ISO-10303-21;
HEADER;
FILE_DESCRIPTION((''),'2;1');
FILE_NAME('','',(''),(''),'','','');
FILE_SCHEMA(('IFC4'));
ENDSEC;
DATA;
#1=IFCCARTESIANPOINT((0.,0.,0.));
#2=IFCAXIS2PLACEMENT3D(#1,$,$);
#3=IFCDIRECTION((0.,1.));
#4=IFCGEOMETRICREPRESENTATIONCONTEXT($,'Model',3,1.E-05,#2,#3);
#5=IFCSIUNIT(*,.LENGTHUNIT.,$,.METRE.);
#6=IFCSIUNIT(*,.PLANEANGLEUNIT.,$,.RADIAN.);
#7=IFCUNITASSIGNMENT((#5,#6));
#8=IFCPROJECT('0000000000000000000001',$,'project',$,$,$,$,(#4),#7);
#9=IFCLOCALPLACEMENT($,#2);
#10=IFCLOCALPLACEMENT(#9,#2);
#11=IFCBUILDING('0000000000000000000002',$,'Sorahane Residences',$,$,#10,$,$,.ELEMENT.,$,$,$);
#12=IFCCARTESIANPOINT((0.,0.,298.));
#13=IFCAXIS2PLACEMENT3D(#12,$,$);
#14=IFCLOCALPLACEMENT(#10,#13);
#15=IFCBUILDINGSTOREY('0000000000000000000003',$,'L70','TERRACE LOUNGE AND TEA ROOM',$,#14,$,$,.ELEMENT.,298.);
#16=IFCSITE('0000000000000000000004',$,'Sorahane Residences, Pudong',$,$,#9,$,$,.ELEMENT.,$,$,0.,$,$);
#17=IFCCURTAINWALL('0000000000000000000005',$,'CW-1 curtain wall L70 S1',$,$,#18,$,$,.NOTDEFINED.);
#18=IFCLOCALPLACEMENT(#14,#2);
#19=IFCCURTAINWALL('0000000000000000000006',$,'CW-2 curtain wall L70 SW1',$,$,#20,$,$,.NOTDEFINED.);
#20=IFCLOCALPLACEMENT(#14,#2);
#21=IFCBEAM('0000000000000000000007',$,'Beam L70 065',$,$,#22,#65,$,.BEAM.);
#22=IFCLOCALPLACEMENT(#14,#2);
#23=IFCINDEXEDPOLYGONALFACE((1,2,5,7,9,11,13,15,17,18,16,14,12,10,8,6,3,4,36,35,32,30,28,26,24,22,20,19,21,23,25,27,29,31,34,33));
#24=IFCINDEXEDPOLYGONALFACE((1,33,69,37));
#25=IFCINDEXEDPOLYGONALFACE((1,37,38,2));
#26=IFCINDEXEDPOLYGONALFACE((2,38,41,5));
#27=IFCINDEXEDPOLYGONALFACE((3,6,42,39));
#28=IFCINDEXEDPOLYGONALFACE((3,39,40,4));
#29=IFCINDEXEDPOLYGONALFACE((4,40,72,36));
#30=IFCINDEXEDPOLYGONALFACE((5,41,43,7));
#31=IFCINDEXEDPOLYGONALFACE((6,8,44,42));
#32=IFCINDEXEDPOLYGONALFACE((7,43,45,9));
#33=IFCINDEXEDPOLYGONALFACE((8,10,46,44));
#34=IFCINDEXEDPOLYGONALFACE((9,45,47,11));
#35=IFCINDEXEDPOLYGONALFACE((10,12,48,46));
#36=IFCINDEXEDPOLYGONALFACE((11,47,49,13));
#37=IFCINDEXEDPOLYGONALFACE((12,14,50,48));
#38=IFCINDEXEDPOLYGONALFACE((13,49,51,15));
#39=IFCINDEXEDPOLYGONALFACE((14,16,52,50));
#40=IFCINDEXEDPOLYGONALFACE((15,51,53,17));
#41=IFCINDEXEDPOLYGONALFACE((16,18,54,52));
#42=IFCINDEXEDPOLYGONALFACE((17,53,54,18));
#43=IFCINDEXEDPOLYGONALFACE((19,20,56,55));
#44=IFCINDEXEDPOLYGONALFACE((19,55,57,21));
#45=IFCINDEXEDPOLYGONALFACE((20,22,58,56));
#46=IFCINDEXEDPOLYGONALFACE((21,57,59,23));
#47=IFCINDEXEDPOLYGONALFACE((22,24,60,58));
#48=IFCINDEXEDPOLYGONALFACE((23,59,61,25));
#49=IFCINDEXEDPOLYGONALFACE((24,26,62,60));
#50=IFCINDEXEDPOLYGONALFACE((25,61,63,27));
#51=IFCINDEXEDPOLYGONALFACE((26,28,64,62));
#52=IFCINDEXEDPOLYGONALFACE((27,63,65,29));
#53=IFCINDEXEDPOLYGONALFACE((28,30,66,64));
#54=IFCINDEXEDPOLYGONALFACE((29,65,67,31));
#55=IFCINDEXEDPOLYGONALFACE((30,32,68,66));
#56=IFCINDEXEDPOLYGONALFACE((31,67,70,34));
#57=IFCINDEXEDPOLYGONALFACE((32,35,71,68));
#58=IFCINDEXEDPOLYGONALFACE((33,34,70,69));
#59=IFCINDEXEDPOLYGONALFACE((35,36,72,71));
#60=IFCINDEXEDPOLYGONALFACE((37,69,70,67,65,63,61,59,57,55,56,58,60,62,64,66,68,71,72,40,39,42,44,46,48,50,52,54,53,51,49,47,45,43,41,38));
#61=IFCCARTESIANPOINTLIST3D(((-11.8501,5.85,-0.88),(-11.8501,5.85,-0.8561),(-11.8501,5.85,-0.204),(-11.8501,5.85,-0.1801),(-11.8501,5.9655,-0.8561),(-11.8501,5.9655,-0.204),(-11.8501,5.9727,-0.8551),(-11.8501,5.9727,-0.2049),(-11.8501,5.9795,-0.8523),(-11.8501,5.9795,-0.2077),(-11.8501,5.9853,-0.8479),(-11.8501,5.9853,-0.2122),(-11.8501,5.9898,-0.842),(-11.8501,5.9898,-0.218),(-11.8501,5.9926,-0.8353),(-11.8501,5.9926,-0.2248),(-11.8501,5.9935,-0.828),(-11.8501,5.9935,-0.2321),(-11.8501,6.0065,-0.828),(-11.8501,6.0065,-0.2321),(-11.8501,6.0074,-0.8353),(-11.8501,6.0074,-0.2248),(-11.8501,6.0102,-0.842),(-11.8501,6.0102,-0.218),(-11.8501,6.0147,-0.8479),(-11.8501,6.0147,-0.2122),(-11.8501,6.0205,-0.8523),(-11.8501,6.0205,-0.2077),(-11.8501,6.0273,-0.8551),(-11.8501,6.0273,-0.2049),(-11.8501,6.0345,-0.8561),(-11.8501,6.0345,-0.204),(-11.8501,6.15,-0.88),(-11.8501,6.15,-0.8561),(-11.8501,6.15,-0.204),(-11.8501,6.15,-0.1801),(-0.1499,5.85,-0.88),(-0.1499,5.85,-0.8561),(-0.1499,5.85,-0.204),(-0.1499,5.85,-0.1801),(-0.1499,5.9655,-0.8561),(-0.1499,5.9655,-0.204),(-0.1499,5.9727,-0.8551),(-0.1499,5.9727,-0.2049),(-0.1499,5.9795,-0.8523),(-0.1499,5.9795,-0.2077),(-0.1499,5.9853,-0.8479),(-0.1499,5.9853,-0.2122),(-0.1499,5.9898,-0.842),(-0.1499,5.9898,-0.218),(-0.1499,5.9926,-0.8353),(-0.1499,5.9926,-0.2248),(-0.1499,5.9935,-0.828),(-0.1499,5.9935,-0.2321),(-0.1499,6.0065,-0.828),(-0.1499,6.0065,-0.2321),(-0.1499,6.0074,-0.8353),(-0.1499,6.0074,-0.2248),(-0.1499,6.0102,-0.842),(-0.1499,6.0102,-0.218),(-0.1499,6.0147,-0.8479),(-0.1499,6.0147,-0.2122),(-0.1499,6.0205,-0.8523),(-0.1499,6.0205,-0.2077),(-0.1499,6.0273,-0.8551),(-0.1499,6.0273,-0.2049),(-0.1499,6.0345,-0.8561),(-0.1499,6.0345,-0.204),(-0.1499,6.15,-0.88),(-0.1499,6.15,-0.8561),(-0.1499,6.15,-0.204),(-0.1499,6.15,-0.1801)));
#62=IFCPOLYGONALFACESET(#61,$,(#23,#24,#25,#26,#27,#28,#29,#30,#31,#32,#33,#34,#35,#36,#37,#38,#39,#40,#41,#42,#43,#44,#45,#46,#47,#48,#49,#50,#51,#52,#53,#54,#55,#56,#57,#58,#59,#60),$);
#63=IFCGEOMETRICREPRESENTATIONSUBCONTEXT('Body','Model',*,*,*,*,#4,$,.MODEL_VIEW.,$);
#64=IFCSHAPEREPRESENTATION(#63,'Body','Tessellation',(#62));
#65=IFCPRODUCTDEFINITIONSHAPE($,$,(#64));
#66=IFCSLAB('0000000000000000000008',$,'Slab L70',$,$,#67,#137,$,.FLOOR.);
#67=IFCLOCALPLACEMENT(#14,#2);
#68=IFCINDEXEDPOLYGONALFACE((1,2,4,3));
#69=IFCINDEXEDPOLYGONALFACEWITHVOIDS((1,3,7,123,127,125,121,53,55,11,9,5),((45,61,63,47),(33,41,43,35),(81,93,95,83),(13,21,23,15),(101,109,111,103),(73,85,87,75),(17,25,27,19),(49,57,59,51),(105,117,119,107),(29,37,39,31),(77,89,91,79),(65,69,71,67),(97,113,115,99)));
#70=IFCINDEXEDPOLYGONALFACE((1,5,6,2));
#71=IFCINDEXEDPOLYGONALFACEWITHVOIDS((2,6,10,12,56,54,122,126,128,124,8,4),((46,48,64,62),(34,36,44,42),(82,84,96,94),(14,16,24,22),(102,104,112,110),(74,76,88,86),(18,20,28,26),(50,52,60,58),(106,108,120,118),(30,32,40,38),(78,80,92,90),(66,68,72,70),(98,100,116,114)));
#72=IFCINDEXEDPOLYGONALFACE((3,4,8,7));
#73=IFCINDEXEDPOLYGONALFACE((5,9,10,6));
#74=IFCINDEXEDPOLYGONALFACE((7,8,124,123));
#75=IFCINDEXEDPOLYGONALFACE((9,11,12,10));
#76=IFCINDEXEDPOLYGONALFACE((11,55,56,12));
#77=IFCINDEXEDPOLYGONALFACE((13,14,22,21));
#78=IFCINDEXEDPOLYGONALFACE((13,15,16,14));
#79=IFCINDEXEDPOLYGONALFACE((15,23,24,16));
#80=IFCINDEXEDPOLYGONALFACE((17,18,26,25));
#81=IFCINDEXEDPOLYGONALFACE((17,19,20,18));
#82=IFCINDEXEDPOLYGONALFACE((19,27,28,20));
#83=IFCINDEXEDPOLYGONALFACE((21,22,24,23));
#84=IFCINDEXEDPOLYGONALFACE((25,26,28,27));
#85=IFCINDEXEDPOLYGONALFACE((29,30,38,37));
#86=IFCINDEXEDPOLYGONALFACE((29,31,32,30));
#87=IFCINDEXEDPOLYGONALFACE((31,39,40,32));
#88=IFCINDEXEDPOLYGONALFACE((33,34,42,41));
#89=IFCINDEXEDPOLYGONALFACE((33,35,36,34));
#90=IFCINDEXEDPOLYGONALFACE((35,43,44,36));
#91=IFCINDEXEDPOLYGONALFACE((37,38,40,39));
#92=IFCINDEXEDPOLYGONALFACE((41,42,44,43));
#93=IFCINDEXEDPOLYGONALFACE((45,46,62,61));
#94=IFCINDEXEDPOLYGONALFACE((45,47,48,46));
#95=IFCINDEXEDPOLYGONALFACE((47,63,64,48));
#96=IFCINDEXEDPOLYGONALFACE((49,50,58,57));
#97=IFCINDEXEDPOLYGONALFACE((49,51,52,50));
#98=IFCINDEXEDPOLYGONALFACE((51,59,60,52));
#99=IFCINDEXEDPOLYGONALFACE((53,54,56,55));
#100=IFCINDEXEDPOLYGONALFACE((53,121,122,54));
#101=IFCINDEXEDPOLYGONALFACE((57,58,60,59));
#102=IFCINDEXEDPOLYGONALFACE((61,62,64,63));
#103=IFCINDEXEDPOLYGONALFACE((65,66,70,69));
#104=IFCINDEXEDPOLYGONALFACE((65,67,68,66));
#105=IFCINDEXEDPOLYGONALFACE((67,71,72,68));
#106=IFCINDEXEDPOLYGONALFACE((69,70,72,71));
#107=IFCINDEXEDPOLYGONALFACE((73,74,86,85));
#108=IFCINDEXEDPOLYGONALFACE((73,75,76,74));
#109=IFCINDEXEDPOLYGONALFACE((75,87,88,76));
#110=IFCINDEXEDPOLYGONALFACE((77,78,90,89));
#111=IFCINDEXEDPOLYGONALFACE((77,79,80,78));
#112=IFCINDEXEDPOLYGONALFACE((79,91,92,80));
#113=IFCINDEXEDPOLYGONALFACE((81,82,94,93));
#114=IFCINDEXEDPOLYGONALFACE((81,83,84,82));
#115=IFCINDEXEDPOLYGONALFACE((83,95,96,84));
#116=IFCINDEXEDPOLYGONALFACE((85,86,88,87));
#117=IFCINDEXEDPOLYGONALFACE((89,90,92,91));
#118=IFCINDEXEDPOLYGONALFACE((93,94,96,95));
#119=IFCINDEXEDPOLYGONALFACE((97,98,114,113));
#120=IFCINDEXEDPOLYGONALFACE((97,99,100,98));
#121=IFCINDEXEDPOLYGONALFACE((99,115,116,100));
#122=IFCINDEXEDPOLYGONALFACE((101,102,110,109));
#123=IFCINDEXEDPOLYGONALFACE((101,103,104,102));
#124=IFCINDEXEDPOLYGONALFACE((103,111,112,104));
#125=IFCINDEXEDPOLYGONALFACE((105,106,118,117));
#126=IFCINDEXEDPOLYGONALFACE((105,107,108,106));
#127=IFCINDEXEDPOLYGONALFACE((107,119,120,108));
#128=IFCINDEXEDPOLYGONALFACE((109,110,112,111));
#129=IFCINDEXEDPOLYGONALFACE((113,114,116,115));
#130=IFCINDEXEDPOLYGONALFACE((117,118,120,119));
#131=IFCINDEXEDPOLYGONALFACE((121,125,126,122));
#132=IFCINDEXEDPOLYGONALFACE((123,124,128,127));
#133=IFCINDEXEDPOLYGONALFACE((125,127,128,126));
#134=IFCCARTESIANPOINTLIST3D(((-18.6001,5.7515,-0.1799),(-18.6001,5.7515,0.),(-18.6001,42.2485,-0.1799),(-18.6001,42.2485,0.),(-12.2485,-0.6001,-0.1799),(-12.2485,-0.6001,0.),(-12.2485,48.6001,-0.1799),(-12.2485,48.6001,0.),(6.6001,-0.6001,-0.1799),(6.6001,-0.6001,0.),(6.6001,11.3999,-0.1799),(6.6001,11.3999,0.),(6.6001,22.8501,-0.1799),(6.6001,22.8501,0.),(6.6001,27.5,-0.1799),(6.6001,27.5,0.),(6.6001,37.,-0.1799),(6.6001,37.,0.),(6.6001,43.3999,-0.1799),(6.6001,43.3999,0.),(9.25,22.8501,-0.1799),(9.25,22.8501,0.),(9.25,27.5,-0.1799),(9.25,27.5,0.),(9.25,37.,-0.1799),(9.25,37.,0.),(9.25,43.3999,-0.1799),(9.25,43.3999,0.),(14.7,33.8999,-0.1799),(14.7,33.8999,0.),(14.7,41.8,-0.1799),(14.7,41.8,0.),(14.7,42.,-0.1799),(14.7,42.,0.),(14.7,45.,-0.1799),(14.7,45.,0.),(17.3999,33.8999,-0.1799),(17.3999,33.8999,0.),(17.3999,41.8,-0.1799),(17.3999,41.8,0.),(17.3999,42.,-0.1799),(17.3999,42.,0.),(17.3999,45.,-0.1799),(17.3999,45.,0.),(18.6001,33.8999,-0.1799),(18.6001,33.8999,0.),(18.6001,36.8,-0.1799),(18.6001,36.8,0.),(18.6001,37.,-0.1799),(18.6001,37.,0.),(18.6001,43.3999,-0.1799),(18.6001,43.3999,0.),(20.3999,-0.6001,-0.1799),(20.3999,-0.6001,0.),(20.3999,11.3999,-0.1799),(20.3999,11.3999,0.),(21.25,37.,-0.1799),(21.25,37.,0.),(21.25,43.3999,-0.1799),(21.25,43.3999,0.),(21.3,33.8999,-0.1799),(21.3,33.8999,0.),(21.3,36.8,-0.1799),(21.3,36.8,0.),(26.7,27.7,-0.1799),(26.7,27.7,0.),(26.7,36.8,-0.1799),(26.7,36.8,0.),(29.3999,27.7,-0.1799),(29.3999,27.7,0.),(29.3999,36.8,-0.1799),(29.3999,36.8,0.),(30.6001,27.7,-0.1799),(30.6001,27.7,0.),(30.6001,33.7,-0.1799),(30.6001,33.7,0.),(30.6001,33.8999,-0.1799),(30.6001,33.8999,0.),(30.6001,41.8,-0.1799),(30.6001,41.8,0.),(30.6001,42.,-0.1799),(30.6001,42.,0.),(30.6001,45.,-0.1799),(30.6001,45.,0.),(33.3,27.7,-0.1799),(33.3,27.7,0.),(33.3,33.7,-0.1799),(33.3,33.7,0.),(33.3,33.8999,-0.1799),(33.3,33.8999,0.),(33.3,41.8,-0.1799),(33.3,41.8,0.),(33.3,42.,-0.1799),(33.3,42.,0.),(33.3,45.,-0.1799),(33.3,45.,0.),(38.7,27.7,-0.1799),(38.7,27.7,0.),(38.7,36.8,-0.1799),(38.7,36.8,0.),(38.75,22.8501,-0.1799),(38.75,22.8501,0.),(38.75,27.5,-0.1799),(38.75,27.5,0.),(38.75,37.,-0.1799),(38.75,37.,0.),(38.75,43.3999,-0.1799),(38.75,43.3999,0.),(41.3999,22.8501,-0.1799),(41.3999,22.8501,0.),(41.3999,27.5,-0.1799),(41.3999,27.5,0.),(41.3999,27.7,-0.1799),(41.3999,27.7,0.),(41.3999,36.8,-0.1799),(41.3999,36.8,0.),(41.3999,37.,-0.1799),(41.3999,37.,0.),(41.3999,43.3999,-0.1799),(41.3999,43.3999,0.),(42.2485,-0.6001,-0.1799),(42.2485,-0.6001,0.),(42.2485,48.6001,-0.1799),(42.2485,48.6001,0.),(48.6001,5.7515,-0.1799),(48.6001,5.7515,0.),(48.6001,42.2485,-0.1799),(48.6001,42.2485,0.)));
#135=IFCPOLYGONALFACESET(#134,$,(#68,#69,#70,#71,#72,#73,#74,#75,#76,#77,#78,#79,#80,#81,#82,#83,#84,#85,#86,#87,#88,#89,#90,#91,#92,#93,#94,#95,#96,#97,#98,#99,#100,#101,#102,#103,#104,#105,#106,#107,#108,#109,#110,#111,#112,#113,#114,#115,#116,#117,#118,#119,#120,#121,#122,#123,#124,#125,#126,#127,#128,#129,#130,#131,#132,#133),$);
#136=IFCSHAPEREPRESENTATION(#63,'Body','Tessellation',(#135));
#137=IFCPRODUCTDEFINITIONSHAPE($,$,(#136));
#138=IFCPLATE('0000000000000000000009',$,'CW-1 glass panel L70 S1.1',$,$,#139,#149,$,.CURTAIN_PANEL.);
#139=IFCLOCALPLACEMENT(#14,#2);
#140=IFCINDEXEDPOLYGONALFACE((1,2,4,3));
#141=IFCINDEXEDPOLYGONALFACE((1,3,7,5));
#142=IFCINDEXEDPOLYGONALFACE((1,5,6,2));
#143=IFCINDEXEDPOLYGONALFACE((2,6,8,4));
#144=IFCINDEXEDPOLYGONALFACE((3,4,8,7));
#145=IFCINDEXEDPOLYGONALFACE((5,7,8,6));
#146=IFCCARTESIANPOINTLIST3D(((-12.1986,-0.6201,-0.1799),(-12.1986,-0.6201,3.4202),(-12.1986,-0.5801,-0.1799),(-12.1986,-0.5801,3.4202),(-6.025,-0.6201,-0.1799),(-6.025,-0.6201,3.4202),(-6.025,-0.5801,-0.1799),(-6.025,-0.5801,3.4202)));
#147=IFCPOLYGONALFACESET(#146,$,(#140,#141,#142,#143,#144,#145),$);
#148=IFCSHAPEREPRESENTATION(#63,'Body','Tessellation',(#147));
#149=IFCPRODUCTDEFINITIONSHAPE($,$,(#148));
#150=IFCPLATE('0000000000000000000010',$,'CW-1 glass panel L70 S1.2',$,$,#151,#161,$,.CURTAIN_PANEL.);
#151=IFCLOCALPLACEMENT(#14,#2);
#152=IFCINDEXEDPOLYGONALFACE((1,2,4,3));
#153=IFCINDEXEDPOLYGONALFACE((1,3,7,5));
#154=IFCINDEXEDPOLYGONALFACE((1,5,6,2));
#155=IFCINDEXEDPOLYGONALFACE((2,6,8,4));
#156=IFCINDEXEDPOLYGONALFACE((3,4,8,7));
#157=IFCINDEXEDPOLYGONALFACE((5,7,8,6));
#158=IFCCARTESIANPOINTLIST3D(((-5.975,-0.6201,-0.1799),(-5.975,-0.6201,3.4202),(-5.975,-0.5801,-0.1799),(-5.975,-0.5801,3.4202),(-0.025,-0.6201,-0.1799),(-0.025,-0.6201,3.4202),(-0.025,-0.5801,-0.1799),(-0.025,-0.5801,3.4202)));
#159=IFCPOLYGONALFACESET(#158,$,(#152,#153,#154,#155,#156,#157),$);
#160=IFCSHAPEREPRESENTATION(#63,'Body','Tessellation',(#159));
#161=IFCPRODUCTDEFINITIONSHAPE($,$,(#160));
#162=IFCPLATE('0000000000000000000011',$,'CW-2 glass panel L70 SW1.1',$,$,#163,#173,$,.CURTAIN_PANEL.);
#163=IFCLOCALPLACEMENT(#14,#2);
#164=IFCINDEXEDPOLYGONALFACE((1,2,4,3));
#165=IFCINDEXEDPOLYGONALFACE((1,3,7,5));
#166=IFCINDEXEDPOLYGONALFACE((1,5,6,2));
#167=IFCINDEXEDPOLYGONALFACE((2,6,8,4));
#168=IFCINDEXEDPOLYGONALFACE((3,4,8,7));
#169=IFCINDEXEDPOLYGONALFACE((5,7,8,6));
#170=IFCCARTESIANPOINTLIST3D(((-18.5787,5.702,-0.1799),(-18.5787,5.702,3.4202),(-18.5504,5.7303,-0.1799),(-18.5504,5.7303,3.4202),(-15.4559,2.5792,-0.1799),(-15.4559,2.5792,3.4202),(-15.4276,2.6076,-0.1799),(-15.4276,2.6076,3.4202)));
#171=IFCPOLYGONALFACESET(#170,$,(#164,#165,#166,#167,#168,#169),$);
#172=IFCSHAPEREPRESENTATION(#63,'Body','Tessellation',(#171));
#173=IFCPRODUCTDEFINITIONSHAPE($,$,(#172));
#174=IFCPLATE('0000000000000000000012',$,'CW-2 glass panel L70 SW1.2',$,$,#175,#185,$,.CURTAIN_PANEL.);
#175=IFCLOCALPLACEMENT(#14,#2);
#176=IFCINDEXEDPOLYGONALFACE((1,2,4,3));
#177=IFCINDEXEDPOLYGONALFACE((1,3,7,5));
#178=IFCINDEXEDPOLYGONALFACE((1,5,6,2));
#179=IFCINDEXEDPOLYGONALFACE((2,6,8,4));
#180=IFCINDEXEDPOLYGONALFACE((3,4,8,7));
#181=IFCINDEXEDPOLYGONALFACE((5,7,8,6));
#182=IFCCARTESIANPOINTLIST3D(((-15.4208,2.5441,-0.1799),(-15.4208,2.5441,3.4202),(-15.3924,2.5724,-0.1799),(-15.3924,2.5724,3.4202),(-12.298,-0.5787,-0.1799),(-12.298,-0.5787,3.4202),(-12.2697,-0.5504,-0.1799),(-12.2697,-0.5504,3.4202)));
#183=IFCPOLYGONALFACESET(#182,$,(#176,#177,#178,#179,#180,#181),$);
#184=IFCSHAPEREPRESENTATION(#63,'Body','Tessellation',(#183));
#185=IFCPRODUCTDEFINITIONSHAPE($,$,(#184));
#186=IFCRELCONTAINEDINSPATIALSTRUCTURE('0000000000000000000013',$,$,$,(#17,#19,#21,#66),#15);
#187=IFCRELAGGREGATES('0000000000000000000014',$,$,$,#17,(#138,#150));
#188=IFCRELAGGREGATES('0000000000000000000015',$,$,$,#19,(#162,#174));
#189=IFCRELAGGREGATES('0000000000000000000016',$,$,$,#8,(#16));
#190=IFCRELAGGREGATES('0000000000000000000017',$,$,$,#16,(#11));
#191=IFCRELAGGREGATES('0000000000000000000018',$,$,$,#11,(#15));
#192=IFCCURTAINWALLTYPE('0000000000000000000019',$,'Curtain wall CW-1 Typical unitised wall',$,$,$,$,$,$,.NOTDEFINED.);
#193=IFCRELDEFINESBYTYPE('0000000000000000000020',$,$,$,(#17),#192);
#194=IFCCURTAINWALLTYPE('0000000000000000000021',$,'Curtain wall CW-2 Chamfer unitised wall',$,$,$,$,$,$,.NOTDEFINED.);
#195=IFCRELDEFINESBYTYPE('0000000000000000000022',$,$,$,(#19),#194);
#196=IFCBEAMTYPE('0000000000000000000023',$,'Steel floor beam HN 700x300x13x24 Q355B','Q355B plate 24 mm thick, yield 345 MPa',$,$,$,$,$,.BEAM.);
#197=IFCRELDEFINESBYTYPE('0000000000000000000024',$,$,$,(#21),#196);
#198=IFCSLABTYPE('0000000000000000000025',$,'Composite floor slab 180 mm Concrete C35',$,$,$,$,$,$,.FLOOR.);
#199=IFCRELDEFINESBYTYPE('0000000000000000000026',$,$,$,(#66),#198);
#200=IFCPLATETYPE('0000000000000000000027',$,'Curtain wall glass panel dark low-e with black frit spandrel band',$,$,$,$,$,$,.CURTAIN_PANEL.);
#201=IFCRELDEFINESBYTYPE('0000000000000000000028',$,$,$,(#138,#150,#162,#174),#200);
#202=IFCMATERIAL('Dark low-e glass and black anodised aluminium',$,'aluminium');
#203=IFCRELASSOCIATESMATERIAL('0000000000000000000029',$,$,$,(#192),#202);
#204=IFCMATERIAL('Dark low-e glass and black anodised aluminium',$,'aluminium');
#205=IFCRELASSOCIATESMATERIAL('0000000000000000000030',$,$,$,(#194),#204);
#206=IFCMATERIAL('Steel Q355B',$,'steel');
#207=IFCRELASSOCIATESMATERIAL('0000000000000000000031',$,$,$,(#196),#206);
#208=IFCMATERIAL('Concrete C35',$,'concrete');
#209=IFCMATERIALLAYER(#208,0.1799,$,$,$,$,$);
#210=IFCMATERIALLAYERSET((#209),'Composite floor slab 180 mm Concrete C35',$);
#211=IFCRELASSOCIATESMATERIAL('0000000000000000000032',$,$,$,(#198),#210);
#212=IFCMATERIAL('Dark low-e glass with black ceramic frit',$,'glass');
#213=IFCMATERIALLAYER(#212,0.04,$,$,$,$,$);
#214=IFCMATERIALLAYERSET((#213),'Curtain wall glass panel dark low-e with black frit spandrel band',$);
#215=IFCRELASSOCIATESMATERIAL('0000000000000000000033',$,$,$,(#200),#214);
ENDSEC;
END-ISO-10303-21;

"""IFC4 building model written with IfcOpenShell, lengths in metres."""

from ifc_helpers import new_model, si_unit, direction, frame, origin, origin_2d, place, context, subcontext, project, spatial, polyline, rectangle, i_section, outline, extrude, material, layer, layer_set, material_profile, profile_set, type_object, element, aggregate, save


model = new_model("IFC4")

# Units and contexts
model_context = context("Model", 3, precision=1e-05, world=origin(), true_north=direction((0.0, 1.0)))
body_context = subcontext(model_context, "Body", "Model", "MODEL_VIEW")
ifc_project = project(units=[si_unit("LENGTHUNIT", "METRE"), si_unit("PLANEANGLEUNIT", "RADIAN")], contexts=[model_context])

# Site, building, storey
site_placement = place(None, origin())
site = spatial("IfcSite", under=ifc_project, at=site_placement, Name="Sorahane Residences, Pudong", CompositionType="ELEMENT", RefElevation=0.0)
building_placement = place(site_placement, origin())
building = spatial("IfcBuilding", under=site, at=building_placement, Name="Sorahane Residences", CompositionType="ELEMENT")
storey_placement = place(building_placement, frame((0.0, 0.0, 298.0)))
storey = spatial("IfcBuildingStorey", under=building, at=storey_placement, Name="L70", Description="TERRACE LOUNGE AND TEA ROOM", CompositionType="ELEMENT", Elevation=298.0)

# Curtain wall
ifc_material_1 = material(Name="Dark low-e glass and black anodised aluminium", Category="aluminium")
curtain_wall_type_1 = type_object("IfcCurtainWallType", Name="Curtain wall CW-1 Typical unitised wall", PredefinedType="NOTDEFINED", material=ifc_material_1)
curtain_wall_1_placement = place(storey_placement, origin())
curtain_wall_1 = element("IfcCurtainWall", 1, at=curtain_wall_1_placement, inside=storey, type_object=curtain_wall_type_1, Name="CW-1 curtain wall L70 S1", PredefinedType="NOTDEFINED")

# Curtain wall
ifc_material_2 = material(Name="Dark low-e glass and black anodised aluminium", Category="aluminium")
curtain_wall_type_2 = type_object("IfcCurtainWallType", Name="Curtain wall CW-2 Chamfer unitised wall", PredefinedType="NOTDEFINED", material=ifc_material_2)
curtain_wall_2_placement = place(storey_placement, origin())
curtain_wall_2 = element("IfcCurtainWall", 2, at=curtain_wall_2_placement, inside=storey, type_object=curtain_wall_type_2, Name="CW-2 curtain wall L70 SW1", PredefinedType="NOTDEFINED")

# Beam
ifc_material_3 = material(Name="Steel Q355B", Category="steel")
ifc_material_profile_1 = material_profile(ifc_material_3, i_section(OverallWidth=0.3, OverallDepth=0.7, WebThickness=0.0129, FlangeThickness=0.0239, FilletRadius=0.0281, at=origin_2d()), Name="HN 700x300x13x24")
ifc_profile_set_1 = profile_set([ifc_material_profile_1], Name="Steel Q355B")
beam_type_1 = type_object("IfcBeamType", Name="Steel floor beam HN 700x300x13x24 Q355B", Description="Q355B plate 24 mm thick, yield 345 MPa", PredefinedType="BEAM", material=ifc_profile_set_1)
beam_1_placement = place(storey_placement, frame((-11.8501, 6.0, -0.53), z_axis=(1.0, 0.0, 0.0), x_axis=(0.0, 1.0, 0.0)))
element("IfcBeam", 3, at=beam_1_placement, inside=storey, type_object=beam_type_1, Name="Beam L70 065", PredefinedType="BEAM", context=body_context, shape_type="SweptSolid", body=[
    extrude(i_section(OverallWidth=0.3, OverallDepth=0.7, WebThickness=0.0129, FlangeThickness=0.0239, FilletRadius=0.0281, at=origin_2d()), origin(), (0.0, 0.0, 1.0), 11.7002),
])

# Slab
ifc_material_4 = material(Name="Concrete C35", Category="concrete")
ifc_layer_1 = layer(ifc_material_4, 0.1799)
ifc_layer_set_1 = layer_set([ifc_layer_1], Name="Composite floor slab 180 mm Concrete C35")
slab_type_1 = type_object("IfcSlabType", Name="Composite floor slab 180 mm Concrete C35", PredefinedType="FLOOR", material=ifc_layer_set_1)
slab_1_placement = place(storey_placement, frame((0.0, 0.0, -0.1799)))
element("IfcSlab", 4, at=slab_1_placement, inside=storey, type_object=slab_type_1, Name="Slab L70", PredefinedType="FLOOR", context=body_context, shape_type="SweptSolid", body=[
    extrude(outline(polyline([(-12.2485, -0.6001), (-18.6001, 5.7515), (-18.6001, 42.2485), (-12.2485, 48.6001), (42.2485, 48.6001), (48.6001, 42.2485), (48.6001, 5.7515), (42.2485, -0.6001), (20.3999, -0.6001), (20.3999, 11.3999), (6.6001, 11.3999), (6.6001, -0.6001), (-12.2485, -0.6001)]), holes=[polyline([(38.7, 27.7), (41.3999, 27.7), (41.3999, 36.8), (38.7, 36.8), (38.7, 27.7)]), polyline([(30.6001, 27.7), (33.3, 27.7), (33.3, 33.7), (30.6001, 33.7), (30.6001, 27.7)]), polyline([(30.6001, 42.0), (33.3, 42.0), (33.3, 45.0), (30.6001, 45.0), (30.6001, 42.0)]), polyline([(14.7, 42.0), (17.3999, 42.0), (17.3999, 45.0), (14.7, 45.0), (14.7, 42.0)]), polyline([(6.6001, 43.3999), (6.6001, 37.0), (9.25, 37.0), (9.25, 43.3999), (6.6001, 43.3999)]), polyline([(38.75, 43.3999), (38.75, 37.0), (41.3999, 37.0), (41.3999, 43.3999), (38.75, 43.3999)]), polyline([(18.6001, 43.3999), (18.6001, 37.0), (21.25, 37.0), (21.25, 43.3999), (18.6001, 43.3999)]), polyline([(9.25, 22.8501), (9.25, 27.5), (6.6001, 27.5), (6.6001, 22.8501), (9.25, 22.8501)]), polyline([(41.3999, 22.8501), (41.3999, 27.5), (38.75, 27.5), (38.75, 22.8501), (41.3999, 22.8501)]), polyline([(14.7, 33.8999), (17.3999, 33.8999), (17.3999, 41.8), (14.7, 41.8), (14.7, 33.8999)]), polyline([(30.6001, 33.8999), (33.3, 33.8999), (33.3, 41.8), (30.6001, 41.8), (30.6001, 33.8999)]), polyline([(18.6001, 33.8999), (21.3, 33.8999), (21.3, 36.8), (18.6001, 36.8), (18.6001, 33.8999)]), polyline([(26.7, 27.7), (29.3999, 27.7), (29.3999, 36.8), (26.7, 36.8), (26.7, 27.7)])]), origin(), (0.0, 0.0, 1.0), 0.1799),
])

# Plates
ifc_material_5 = material(Name="Dark low-e glass with black ceramic frit", Category="glass")
ifc_layer_2 = layer(ifc_material_5, 0.04)
ifc_layer_set_2 = layer_set([ifc_layer_2], Name="Curtain wall glass panel dark low-e with black frit spandrel band")
plate_type = type_object("IfcPlateType", Name="Curtain wall glass panel dark low-e with black frit spandrel band", PredefinedType="CURTAIN_PANEL", material=ifc_layer_set_2)
plate_1_placement = place(storey_placement, frame((-9.1118, -0.6001, -0.1799), z_axis=(0.0, 0.0, 1.0), x_axis=(1.0, 0.0, 0.0)))
plate_1 = element("IfcPlate", 5, at=plate_1_placement, type_object=plate_type, Name="CW-1 glass panel L70 S1.1", PredefinedType="CURTAIN_PANEL", context=body_context, shape_type="SweptSolid", body=[
    extrude(rectangle(XDim=6.1736, YDim=0.04, at=origin_2d()), origin(), (0.0, 0.0, 1.0), 3.6001),
])
plate_2_placement = place(storey_placement, frame((-3.0, -0.6001, -0.1799), z_axis=(0.0, 0.0, 1.0), x_axis=(1.0, 0.0, 0.0)))
plate_2 = element("IfcPlate", 6, at=plate_2_placement, type_object=plate_type, Name="CW-1 glass panel L70 S1.2", PredefinedType="CURTAIN_PANEL", context=body_context, shape_type="SweptSolid", body=[
    extrude(rectangle(XDim=5.95, YDim=0.04, at=origin_2d()), origin(), (0.0, 0.0, 1.0), 3.6001),
])
aggregate(curtain_wall_1, [plate_1, plate_2])
plate_3_placement = place(storey_placement, frame((-17.0032, 4.1548, -0.1799), z_axis=(0.0, 0.0, 1.0), x_axis=(0.707107, -0.707107, 0.0)))
plate_3 = element("IfcPlate", 7, at=plate_3_placement, type_object=plate_type, Name="CW-2 glass panel L70 SW1.1", PredefinedType="CURTAIN_PANEL", context=body_context, shape_type="SweptSolid", body=[
    extrude(rectangle(XDim=4.4163, YDim=0.04, at=origin_2d()), origin(), (0.0, 0.0, 1.0), 3.6001),
])
plate_4_placement = place(storey_placement, frame((-13.8452, 0.9968, -0.1799), z_axis=(0.0, 0.0, 1.0), x_axis=(0.707107, -0.707107, 0.0)))
plate_4 = element("IfcPlate", 8, at=plate_4_placement, type_object=plate_type, Name="CW-2 glass panel L70 SW1.2", PredefinedType="CURTAIN_PANEL", context=body_context, shape_type="SweptSolid", body=[
    extrude(rectangle(XDim=4.4163, YDim=0.04, at=origin_2d()), origin(), (0.0, 0.0, 1.0), 3.6001),
])
aggregate(curtain_wall_2, [plate_3, plate_4])

save(model, "model.ifc")
